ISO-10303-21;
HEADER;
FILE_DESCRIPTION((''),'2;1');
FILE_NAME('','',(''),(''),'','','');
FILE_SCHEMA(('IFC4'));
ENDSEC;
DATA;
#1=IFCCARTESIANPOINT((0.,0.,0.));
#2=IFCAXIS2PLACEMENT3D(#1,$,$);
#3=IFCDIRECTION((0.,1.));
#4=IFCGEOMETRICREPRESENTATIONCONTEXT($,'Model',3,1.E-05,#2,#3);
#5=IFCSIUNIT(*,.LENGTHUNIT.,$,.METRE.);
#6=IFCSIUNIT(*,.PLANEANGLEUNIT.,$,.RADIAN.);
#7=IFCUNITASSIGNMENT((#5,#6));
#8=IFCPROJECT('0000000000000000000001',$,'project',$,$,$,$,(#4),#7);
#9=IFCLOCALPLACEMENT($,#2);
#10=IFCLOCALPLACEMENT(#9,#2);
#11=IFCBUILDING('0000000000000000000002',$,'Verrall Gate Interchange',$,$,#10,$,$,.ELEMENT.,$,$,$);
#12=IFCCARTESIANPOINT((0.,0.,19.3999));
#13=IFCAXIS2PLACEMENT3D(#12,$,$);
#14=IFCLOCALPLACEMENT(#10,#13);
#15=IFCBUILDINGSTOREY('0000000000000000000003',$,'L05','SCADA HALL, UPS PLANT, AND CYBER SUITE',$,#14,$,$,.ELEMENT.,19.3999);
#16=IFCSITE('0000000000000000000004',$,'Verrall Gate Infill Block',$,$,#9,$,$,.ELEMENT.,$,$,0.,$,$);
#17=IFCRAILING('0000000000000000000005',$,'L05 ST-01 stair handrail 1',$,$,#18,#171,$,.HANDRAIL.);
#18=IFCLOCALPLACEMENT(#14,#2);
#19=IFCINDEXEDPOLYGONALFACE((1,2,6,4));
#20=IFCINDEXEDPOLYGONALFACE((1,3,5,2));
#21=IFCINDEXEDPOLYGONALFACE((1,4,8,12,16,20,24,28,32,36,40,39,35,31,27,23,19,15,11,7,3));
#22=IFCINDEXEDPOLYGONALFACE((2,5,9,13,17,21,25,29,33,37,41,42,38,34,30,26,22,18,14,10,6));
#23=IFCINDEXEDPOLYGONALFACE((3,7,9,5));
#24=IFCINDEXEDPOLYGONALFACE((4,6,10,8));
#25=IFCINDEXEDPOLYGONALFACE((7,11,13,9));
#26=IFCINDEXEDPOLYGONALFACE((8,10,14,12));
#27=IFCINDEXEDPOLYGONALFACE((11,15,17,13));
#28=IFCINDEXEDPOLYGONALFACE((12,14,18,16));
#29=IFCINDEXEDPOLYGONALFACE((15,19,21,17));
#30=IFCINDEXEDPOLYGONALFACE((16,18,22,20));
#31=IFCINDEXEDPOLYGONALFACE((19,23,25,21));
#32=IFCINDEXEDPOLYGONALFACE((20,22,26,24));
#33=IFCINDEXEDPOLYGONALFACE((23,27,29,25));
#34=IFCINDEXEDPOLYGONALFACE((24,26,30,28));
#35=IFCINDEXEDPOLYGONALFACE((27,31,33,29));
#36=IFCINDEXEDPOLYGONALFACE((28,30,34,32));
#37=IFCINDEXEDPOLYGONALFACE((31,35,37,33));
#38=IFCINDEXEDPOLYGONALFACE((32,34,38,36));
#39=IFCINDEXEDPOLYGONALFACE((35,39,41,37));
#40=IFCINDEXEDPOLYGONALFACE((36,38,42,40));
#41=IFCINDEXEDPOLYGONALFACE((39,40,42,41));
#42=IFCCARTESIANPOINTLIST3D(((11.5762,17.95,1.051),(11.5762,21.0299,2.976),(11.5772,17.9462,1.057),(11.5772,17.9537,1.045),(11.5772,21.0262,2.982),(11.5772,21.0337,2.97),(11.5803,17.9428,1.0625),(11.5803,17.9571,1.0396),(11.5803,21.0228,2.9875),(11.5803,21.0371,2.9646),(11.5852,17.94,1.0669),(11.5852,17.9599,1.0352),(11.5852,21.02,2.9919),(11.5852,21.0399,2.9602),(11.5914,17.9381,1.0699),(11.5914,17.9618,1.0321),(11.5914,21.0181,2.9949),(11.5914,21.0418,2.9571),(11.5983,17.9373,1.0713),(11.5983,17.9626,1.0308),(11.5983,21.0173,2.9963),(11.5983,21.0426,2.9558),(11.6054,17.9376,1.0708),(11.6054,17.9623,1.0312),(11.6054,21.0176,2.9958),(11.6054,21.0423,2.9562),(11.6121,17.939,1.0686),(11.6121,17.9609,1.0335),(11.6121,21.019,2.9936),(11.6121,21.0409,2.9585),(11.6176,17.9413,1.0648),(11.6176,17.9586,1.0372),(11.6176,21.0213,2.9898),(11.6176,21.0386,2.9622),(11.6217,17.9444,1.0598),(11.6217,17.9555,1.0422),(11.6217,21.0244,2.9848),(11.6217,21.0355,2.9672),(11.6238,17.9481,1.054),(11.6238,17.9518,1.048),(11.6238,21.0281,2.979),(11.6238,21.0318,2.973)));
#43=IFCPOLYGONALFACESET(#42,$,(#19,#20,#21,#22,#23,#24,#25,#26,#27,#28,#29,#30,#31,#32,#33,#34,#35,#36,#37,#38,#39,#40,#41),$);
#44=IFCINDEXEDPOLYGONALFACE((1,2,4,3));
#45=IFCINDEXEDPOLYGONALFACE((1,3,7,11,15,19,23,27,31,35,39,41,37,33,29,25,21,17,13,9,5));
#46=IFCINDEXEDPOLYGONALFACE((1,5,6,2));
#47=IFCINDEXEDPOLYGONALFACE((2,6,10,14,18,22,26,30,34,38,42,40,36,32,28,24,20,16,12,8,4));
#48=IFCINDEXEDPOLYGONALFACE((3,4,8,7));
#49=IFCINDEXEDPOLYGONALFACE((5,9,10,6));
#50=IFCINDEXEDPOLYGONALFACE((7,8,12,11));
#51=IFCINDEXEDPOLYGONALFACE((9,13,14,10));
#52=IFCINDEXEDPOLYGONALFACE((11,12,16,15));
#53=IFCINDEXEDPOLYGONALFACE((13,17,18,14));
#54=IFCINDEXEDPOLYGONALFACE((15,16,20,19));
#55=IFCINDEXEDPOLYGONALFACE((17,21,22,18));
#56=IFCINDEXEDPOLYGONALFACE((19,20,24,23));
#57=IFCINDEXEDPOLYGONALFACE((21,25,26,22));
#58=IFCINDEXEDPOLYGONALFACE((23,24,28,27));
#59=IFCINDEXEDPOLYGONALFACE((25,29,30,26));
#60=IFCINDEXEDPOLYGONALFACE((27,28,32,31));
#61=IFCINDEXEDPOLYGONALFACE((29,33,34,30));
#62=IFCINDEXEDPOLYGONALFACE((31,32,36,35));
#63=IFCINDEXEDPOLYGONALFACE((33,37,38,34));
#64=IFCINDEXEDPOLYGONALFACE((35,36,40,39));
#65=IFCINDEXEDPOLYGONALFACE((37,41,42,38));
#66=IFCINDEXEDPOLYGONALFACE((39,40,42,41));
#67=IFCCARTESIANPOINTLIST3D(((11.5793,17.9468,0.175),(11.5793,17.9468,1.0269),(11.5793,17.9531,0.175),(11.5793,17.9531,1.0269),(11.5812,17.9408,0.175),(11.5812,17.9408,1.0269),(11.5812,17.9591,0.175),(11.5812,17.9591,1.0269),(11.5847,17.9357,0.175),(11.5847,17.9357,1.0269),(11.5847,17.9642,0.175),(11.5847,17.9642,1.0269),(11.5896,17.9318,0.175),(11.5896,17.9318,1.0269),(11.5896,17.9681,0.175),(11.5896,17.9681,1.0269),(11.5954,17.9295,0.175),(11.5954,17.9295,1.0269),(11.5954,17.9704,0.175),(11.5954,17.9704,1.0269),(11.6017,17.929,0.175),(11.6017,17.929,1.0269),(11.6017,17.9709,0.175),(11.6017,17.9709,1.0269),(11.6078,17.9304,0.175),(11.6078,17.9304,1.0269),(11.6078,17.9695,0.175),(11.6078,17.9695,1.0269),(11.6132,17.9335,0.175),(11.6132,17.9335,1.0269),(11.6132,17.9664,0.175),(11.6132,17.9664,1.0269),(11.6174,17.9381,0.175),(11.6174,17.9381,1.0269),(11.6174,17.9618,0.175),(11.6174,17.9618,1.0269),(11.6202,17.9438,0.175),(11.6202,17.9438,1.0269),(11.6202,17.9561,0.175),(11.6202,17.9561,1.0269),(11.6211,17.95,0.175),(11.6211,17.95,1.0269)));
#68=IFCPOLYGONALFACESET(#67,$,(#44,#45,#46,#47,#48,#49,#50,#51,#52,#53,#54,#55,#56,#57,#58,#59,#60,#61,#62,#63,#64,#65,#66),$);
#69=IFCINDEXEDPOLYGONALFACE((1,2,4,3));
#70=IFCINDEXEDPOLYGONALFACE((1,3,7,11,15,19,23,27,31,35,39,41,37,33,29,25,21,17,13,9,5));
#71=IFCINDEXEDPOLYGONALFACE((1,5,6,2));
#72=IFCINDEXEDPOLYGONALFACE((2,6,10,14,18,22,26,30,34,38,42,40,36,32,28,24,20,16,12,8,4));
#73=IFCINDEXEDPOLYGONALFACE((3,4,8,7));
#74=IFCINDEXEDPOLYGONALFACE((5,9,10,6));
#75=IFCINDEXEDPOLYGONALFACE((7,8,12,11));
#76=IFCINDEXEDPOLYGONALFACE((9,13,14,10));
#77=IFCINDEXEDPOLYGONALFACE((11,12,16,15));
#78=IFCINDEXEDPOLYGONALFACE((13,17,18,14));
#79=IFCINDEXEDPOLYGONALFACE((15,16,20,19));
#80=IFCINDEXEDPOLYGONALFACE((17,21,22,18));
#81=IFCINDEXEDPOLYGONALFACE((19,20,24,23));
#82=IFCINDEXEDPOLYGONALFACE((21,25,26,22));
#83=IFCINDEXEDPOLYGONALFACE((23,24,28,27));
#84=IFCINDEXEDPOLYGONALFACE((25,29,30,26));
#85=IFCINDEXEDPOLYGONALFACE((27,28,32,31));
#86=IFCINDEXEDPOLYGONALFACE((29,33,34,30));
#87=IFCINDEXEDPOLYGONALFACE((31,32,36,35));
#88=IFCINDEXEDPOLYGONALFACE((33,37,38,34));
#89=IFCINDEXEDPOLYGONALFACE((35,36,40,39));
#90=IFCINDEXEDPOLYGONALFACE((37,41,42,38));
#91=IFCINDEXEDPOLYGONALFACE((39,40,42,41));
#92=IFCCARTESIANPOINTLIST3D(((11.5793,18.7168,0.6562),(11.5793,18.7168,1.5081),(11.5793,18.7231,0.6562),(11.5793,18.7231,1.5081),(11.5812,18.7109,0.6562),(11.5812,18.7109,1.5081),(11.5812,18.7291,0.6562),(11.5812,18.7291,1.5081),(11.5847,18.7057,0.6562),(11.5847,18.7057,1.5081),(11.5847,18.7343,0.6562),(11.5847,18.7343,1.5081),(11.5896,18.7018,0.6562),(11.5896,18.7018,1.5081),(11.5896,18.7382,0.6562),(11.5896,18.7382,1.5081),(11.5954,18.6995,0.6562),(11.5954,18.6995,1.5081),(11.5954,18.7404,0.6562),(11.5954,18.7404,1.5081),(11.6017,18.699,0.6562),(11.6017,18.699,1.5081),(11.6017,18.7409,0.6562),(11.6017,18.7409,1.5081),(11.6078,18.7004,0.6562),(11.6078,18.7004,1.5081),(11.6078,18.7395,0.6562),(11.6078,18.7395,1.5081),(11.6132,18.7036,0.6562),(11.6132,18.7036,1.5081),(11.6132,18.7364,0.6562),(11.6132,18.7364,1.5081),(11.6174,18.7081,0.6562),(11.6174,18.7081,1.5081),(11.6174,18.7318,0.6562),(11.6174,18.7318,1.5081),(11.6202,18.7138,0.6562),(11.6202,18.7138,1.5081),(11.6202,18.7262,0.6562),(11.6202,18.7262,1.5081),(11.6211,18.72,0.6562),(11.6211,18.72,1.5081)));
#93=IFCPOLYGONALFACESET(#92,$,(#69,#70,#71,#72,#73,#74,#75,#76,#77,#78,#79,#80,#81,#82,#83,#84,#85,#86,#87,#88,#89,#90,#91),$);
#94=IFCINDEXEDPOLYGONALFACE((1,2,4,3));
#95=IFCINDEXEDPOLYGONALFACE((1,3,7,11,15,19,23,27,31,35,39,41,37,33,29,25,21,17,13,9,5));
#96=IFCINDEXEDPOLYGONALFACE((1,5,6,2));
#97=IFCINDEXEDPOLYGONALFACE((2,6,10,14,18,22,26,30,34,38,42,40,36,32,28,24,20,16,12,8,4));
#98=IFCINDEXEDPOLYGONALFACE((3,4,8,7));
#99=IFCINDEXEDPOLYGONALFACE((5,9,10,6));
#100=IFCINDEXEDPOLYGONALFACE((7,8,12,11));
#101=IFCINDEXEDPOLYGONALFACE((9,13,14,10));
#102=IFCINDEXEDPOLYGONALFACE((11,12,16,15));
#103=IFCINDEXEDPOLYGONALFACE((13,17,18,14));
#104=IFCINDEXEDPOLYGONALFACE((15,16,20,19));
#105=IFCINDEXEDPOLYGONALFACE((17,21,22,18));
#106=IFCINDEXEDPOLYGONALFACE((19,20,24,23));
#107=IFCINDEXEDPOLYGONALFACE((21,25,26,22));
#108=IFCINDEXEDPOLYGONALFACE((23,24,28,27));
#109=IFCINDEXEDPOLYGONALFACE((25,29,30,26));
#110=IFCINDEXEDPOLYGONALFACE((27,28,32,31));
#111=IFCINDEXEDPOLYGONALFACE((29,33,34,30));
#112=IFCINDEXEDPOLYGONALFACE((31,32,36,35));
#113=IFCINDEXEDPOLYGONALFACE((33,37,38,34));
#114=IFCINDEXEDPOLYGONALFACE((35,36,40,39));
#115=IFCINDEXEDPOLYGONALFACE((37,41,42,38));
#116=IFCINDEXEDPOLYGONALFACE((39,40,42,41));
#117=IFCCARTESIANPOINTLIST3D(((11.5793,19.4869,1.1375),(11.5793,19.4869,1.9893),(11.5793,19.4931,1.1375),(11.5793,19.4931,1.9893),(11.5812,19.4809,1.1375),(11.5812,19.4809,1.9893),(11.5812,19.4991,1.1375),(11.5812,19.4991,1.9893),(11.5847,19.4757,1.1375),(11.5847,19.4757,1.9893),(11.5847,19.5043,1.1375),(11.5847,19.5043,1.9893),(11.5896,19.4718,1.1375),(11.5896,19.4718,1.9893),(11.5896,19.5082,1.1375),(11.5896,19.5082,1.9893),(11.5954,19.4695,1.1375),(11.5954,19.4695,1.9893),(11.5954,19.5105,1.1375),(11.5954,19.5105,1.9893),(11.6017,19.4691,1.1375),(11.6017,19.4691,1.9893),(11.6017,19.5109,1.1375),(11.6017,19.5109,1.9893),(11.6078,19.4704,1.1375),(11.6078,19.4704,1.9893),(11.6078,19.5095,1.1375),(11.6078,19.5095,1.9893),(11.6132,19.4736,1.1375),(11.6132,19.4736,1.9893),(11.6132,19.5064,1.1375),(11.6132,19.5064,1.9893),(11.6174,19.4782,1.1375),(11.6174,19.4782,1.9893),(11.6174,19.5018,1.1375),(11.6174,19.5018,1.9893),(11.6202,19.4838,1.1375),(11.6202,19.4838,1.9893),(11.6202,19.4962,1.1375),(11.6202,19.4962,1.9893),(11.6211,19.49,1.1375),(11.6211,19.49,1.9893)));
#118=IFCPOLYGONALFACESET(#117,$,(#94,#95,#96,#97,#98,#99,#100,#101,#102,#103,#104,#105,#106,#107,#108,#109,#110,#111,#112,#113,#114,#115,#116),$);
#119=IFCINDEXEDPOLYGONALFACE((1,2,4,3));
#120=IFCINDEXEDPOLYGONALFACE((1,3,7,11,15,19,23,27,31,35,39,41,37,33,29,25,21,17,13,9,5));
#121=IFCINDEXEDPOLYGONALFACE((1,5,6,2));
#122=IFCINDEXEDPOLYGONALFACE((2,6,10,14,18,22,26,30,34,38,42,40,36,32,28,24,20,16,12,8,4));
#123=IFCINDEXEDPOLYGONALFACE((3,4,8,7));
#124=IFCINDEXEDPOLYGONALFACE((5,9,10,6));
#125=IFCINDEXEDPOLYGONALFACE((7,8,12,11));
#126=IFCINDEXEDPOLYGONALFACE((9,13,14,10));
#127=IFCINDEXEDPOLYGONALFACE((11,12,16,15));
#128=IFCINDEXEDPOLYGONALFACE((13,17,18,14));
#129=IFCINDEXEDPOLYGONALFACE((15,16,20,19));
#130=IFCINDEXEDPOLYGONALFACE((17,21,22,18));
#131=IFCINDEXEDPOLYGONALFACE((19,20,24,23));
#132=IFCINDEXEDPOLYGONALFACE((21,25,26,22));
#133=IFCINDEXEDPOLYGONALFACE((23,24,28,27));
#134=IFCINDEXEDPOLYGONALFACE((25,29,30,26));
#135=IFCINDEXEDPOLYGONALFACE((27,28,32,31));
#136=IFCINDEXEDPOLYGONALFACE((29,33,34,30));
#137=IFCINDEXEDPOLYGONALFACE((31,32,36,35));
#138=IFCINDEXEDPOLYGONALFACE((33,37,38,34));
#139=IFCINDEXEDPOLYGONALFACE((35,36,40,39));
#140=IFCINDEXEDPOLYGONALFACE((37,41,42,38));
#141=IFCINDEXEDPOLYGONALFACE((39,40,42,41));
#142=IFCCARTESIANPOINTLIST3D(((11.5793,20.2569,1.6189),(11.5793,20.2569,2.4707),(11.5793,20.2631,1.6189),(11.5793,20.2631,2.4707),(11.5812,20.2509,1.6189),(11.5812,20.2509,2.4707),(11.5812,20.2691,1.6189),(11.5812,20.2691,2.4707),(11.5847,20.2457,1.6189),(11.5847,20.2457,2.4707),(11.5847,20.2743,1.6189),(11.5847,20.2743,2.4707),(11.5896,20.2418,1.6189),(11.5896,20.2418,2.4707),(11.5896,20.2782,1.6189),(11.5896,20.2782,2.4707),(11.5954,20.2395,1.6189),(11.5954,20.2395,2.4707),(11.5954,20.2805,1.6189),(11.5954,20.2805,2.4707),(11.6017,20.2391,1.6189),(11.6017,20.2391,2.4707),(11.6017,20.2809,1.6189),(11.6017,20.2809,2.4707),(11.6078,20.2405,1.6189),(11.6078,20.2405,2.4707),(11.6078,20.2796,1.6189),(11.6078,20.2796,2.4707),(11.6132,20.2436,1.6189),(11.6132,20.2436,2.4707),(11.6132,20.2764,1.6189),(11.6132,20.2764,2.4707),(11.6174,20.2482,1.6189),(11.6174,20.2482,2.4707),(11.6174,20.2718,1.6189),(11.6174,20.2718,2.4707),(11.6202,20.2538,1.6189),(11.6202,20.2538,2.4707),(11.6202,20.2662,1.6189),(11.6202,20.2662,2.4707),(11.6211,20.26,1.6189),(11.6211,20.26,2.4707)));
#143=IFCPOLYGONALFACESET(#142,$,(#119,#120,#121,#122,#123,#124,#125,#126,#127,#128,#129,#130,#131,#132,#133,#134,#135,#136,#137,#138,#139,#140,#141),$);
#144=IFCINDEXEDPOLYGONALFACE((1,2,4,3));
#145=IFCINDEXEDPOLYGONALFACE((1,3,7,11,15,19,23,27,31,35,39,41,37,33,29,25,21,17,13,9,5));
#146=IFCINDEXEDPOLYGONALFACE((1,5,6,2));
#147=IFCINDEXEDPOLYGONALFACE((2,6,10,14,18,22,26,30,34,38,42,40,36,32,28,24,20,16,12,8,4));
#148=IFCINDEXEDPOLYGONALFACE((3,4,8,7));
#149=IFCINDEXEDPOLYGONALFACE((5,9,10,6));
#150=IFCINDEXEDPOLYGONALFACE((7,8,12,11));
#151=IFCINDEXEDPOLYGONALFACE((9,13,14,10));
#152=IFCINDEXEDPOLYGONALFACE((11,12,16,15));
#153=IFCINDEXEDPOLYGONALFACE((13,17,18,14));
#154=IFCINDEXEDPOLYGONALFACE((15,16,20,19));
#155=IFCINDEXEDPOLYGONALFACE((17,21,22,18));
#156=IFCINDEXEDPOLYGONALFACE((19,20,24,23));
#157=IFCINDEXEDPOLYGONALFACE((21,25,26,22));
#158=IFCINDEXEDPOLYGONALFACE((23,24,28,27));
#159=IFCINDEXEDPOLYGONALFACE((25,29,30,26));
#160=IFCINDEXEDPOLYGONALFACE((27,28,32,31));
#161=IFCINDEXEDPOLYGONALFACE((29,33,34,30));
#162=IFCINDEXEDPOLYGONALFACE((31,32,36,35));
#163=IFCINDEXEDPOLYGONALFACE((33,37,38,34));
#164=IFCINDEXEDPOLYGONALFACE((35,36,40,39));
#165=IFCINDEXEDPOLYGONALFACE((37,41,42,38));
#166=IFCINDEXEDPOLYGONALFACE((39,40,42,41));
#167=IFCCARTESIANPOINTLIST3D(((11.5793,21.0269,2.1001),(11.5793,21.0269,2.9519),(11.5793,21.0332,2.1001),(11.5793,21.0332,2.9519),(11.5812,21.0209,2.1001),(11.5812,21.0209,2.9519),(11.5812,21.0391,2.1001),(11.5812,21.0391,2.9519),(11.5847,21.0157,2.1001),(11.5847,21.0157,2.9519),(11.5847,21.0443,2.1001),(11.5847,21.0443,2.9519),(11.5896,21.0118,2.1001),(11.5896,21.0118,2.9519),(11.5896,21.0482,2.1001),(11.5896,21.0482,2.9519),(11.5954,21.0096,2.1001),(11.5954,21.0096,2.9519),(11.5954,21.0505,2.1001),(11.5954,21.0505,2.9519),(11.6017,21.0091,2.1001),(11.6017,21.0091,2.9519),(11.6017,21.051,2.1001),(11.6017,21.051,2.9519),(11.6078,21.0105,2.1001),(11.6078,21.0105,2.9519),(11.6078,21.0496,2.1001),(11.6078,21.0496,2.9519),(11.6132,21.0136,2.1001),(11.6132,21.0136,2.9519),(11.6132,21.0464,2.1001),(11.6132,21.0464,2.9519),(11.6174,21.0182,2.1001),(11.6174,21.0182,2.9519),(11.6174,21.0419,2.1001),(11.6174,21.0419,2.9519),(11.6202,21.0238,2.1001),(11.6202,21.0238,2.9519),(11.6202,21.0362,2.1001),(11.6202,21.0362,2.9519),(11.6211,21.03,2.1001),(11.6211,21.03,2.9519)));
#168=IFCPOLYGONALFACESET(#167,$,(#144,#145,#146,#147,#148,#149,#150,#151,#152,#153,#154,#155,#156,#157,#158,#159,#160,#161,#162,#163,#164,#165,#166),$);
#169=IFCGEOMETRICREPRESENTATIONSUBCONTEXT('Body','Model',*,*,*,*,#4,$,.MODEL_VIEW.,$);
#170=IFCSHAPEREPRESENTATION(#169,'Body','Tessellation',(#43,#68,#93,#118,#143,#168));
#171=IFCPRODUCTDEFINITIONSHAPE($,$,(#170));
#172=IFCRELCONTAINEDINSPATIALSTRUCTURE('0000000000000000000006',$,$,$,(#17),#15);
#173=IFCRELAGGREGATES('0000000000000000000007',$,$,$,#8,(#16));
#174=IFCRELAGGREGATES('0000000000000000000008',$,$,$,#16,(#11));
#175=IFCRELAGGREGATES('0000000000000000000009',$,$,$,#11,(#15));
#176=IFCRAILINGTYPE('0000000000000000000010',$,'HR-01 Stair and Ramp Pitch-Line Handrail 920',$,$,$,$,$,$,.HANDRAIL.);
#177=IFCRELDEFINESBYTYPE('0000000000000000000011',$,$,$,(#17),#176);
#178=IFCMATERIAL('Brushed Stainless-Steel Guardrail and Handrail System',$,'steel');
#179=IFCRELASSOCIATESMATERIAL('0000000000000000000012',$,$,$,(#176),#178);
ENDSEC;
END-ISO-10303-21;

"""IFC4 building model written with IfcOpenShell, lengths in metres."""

from ifc_helpers import new_model, si_unit, direction, frame, origin, origin_2d, place, context, subcontext, project, spatial, circle, extrude, material, type_object, element, save


model = new_model("IFC4")

# Units and contexts
model_context = context("Model", 3, precision=1e-05, world=origin(), true_north=direction((0.0, 1.0)))
body_context = subcontext(model_context, "Body", "Model", "MODEL_VIEW")
ifc_project = project(units=[si_unit("LENGTHUNIT", "METRE"), si_unit("PLANEANGLEUNIT", "RADIAN")], contexts=[model_context])

# Site, building, storey
site_placement = place(None, origin())
site = spatial("IfcSite", under=ifc_project, at=site_placement, Name="Verrall Gate Infill Block", CompositionType="ELEMENT", RefElevation=0.0)
building_placement = place(site_placement, origin())
building = spatial("IfcBuilding", under=site, at=building_placement, Name="Verrall Gate Interchange", CompositionType="ELEMENT")
storey_placement = place(building_placement, frame((0.0, 0.0, 19.3999)))
storey = spatial("IfcBuildingStorey", under=building, at=storey_placement, Name="L05", Description="SCADA HALL, UPS PLANT, AND CYBER SUITE", CompositionType="ELEMENT", Elevation=19.3999)

# Railing
ifc_material_1 = material(Name="Brushed Stainless-Steel Guardrail and Handrail System", Category="steel")
railing_type_1 = type_object("IfcRailingType", Name="HR-01 Stair and Ramp Pitch-Line Handrail 920", PredefinedType="HANDRAIL", material=ifc_material_1)
railing_1_placement = place(storey_placement, frame((11.6001, 17.95, 0.175)))
element("IfcRailing", 1, at=railing_1_placement, inside=storey, type_object=railing_type_1, Name="L05 ST-01 stair handrail 1", PredefinedType="HANDRAIL", context=body_context, shape_type="SweptSolid", body=[
    extrude(circle(Radius=0.0239, at=origin_2d()), frame((0.0, 0.0, 0.876), z_axis=(0.0, 0.847998, 0.529999), x_axis=(-1.0, 0.0, 0.0)), (0.0, 0.0, 1.0), 3.6321),
    extrude(circle(Radius=0.021, at=origin_2d()), origin(), (0.0, 0.0, 1.0), 0.8518),
    extrude(circle(Radius=0.021, at=origin_2d()), frame((0.0, 0.77, 0.4812)), (0.0, 0.0, 1.0), 0.8518),
    extrude(circle(Radius=0.021, at=origin_2d()), frame((0.0, 1.54, 0.9624)), (0.0, 0.0, 1.0), 0.8518),
    extrude(circle(Radius=0.021, at=origin_2d()), frame((0.0, 2.3101, 1.4438)), (0.0, 0.0, 1.0), 0.8518),
    extrude(circle(Radius=0.021, at=origin_2d()), frame((0.0, 3.0801, 1.925)), (0.0, 0.0, 1.0), 0.8518),
])

save(model, "model.ifc")
